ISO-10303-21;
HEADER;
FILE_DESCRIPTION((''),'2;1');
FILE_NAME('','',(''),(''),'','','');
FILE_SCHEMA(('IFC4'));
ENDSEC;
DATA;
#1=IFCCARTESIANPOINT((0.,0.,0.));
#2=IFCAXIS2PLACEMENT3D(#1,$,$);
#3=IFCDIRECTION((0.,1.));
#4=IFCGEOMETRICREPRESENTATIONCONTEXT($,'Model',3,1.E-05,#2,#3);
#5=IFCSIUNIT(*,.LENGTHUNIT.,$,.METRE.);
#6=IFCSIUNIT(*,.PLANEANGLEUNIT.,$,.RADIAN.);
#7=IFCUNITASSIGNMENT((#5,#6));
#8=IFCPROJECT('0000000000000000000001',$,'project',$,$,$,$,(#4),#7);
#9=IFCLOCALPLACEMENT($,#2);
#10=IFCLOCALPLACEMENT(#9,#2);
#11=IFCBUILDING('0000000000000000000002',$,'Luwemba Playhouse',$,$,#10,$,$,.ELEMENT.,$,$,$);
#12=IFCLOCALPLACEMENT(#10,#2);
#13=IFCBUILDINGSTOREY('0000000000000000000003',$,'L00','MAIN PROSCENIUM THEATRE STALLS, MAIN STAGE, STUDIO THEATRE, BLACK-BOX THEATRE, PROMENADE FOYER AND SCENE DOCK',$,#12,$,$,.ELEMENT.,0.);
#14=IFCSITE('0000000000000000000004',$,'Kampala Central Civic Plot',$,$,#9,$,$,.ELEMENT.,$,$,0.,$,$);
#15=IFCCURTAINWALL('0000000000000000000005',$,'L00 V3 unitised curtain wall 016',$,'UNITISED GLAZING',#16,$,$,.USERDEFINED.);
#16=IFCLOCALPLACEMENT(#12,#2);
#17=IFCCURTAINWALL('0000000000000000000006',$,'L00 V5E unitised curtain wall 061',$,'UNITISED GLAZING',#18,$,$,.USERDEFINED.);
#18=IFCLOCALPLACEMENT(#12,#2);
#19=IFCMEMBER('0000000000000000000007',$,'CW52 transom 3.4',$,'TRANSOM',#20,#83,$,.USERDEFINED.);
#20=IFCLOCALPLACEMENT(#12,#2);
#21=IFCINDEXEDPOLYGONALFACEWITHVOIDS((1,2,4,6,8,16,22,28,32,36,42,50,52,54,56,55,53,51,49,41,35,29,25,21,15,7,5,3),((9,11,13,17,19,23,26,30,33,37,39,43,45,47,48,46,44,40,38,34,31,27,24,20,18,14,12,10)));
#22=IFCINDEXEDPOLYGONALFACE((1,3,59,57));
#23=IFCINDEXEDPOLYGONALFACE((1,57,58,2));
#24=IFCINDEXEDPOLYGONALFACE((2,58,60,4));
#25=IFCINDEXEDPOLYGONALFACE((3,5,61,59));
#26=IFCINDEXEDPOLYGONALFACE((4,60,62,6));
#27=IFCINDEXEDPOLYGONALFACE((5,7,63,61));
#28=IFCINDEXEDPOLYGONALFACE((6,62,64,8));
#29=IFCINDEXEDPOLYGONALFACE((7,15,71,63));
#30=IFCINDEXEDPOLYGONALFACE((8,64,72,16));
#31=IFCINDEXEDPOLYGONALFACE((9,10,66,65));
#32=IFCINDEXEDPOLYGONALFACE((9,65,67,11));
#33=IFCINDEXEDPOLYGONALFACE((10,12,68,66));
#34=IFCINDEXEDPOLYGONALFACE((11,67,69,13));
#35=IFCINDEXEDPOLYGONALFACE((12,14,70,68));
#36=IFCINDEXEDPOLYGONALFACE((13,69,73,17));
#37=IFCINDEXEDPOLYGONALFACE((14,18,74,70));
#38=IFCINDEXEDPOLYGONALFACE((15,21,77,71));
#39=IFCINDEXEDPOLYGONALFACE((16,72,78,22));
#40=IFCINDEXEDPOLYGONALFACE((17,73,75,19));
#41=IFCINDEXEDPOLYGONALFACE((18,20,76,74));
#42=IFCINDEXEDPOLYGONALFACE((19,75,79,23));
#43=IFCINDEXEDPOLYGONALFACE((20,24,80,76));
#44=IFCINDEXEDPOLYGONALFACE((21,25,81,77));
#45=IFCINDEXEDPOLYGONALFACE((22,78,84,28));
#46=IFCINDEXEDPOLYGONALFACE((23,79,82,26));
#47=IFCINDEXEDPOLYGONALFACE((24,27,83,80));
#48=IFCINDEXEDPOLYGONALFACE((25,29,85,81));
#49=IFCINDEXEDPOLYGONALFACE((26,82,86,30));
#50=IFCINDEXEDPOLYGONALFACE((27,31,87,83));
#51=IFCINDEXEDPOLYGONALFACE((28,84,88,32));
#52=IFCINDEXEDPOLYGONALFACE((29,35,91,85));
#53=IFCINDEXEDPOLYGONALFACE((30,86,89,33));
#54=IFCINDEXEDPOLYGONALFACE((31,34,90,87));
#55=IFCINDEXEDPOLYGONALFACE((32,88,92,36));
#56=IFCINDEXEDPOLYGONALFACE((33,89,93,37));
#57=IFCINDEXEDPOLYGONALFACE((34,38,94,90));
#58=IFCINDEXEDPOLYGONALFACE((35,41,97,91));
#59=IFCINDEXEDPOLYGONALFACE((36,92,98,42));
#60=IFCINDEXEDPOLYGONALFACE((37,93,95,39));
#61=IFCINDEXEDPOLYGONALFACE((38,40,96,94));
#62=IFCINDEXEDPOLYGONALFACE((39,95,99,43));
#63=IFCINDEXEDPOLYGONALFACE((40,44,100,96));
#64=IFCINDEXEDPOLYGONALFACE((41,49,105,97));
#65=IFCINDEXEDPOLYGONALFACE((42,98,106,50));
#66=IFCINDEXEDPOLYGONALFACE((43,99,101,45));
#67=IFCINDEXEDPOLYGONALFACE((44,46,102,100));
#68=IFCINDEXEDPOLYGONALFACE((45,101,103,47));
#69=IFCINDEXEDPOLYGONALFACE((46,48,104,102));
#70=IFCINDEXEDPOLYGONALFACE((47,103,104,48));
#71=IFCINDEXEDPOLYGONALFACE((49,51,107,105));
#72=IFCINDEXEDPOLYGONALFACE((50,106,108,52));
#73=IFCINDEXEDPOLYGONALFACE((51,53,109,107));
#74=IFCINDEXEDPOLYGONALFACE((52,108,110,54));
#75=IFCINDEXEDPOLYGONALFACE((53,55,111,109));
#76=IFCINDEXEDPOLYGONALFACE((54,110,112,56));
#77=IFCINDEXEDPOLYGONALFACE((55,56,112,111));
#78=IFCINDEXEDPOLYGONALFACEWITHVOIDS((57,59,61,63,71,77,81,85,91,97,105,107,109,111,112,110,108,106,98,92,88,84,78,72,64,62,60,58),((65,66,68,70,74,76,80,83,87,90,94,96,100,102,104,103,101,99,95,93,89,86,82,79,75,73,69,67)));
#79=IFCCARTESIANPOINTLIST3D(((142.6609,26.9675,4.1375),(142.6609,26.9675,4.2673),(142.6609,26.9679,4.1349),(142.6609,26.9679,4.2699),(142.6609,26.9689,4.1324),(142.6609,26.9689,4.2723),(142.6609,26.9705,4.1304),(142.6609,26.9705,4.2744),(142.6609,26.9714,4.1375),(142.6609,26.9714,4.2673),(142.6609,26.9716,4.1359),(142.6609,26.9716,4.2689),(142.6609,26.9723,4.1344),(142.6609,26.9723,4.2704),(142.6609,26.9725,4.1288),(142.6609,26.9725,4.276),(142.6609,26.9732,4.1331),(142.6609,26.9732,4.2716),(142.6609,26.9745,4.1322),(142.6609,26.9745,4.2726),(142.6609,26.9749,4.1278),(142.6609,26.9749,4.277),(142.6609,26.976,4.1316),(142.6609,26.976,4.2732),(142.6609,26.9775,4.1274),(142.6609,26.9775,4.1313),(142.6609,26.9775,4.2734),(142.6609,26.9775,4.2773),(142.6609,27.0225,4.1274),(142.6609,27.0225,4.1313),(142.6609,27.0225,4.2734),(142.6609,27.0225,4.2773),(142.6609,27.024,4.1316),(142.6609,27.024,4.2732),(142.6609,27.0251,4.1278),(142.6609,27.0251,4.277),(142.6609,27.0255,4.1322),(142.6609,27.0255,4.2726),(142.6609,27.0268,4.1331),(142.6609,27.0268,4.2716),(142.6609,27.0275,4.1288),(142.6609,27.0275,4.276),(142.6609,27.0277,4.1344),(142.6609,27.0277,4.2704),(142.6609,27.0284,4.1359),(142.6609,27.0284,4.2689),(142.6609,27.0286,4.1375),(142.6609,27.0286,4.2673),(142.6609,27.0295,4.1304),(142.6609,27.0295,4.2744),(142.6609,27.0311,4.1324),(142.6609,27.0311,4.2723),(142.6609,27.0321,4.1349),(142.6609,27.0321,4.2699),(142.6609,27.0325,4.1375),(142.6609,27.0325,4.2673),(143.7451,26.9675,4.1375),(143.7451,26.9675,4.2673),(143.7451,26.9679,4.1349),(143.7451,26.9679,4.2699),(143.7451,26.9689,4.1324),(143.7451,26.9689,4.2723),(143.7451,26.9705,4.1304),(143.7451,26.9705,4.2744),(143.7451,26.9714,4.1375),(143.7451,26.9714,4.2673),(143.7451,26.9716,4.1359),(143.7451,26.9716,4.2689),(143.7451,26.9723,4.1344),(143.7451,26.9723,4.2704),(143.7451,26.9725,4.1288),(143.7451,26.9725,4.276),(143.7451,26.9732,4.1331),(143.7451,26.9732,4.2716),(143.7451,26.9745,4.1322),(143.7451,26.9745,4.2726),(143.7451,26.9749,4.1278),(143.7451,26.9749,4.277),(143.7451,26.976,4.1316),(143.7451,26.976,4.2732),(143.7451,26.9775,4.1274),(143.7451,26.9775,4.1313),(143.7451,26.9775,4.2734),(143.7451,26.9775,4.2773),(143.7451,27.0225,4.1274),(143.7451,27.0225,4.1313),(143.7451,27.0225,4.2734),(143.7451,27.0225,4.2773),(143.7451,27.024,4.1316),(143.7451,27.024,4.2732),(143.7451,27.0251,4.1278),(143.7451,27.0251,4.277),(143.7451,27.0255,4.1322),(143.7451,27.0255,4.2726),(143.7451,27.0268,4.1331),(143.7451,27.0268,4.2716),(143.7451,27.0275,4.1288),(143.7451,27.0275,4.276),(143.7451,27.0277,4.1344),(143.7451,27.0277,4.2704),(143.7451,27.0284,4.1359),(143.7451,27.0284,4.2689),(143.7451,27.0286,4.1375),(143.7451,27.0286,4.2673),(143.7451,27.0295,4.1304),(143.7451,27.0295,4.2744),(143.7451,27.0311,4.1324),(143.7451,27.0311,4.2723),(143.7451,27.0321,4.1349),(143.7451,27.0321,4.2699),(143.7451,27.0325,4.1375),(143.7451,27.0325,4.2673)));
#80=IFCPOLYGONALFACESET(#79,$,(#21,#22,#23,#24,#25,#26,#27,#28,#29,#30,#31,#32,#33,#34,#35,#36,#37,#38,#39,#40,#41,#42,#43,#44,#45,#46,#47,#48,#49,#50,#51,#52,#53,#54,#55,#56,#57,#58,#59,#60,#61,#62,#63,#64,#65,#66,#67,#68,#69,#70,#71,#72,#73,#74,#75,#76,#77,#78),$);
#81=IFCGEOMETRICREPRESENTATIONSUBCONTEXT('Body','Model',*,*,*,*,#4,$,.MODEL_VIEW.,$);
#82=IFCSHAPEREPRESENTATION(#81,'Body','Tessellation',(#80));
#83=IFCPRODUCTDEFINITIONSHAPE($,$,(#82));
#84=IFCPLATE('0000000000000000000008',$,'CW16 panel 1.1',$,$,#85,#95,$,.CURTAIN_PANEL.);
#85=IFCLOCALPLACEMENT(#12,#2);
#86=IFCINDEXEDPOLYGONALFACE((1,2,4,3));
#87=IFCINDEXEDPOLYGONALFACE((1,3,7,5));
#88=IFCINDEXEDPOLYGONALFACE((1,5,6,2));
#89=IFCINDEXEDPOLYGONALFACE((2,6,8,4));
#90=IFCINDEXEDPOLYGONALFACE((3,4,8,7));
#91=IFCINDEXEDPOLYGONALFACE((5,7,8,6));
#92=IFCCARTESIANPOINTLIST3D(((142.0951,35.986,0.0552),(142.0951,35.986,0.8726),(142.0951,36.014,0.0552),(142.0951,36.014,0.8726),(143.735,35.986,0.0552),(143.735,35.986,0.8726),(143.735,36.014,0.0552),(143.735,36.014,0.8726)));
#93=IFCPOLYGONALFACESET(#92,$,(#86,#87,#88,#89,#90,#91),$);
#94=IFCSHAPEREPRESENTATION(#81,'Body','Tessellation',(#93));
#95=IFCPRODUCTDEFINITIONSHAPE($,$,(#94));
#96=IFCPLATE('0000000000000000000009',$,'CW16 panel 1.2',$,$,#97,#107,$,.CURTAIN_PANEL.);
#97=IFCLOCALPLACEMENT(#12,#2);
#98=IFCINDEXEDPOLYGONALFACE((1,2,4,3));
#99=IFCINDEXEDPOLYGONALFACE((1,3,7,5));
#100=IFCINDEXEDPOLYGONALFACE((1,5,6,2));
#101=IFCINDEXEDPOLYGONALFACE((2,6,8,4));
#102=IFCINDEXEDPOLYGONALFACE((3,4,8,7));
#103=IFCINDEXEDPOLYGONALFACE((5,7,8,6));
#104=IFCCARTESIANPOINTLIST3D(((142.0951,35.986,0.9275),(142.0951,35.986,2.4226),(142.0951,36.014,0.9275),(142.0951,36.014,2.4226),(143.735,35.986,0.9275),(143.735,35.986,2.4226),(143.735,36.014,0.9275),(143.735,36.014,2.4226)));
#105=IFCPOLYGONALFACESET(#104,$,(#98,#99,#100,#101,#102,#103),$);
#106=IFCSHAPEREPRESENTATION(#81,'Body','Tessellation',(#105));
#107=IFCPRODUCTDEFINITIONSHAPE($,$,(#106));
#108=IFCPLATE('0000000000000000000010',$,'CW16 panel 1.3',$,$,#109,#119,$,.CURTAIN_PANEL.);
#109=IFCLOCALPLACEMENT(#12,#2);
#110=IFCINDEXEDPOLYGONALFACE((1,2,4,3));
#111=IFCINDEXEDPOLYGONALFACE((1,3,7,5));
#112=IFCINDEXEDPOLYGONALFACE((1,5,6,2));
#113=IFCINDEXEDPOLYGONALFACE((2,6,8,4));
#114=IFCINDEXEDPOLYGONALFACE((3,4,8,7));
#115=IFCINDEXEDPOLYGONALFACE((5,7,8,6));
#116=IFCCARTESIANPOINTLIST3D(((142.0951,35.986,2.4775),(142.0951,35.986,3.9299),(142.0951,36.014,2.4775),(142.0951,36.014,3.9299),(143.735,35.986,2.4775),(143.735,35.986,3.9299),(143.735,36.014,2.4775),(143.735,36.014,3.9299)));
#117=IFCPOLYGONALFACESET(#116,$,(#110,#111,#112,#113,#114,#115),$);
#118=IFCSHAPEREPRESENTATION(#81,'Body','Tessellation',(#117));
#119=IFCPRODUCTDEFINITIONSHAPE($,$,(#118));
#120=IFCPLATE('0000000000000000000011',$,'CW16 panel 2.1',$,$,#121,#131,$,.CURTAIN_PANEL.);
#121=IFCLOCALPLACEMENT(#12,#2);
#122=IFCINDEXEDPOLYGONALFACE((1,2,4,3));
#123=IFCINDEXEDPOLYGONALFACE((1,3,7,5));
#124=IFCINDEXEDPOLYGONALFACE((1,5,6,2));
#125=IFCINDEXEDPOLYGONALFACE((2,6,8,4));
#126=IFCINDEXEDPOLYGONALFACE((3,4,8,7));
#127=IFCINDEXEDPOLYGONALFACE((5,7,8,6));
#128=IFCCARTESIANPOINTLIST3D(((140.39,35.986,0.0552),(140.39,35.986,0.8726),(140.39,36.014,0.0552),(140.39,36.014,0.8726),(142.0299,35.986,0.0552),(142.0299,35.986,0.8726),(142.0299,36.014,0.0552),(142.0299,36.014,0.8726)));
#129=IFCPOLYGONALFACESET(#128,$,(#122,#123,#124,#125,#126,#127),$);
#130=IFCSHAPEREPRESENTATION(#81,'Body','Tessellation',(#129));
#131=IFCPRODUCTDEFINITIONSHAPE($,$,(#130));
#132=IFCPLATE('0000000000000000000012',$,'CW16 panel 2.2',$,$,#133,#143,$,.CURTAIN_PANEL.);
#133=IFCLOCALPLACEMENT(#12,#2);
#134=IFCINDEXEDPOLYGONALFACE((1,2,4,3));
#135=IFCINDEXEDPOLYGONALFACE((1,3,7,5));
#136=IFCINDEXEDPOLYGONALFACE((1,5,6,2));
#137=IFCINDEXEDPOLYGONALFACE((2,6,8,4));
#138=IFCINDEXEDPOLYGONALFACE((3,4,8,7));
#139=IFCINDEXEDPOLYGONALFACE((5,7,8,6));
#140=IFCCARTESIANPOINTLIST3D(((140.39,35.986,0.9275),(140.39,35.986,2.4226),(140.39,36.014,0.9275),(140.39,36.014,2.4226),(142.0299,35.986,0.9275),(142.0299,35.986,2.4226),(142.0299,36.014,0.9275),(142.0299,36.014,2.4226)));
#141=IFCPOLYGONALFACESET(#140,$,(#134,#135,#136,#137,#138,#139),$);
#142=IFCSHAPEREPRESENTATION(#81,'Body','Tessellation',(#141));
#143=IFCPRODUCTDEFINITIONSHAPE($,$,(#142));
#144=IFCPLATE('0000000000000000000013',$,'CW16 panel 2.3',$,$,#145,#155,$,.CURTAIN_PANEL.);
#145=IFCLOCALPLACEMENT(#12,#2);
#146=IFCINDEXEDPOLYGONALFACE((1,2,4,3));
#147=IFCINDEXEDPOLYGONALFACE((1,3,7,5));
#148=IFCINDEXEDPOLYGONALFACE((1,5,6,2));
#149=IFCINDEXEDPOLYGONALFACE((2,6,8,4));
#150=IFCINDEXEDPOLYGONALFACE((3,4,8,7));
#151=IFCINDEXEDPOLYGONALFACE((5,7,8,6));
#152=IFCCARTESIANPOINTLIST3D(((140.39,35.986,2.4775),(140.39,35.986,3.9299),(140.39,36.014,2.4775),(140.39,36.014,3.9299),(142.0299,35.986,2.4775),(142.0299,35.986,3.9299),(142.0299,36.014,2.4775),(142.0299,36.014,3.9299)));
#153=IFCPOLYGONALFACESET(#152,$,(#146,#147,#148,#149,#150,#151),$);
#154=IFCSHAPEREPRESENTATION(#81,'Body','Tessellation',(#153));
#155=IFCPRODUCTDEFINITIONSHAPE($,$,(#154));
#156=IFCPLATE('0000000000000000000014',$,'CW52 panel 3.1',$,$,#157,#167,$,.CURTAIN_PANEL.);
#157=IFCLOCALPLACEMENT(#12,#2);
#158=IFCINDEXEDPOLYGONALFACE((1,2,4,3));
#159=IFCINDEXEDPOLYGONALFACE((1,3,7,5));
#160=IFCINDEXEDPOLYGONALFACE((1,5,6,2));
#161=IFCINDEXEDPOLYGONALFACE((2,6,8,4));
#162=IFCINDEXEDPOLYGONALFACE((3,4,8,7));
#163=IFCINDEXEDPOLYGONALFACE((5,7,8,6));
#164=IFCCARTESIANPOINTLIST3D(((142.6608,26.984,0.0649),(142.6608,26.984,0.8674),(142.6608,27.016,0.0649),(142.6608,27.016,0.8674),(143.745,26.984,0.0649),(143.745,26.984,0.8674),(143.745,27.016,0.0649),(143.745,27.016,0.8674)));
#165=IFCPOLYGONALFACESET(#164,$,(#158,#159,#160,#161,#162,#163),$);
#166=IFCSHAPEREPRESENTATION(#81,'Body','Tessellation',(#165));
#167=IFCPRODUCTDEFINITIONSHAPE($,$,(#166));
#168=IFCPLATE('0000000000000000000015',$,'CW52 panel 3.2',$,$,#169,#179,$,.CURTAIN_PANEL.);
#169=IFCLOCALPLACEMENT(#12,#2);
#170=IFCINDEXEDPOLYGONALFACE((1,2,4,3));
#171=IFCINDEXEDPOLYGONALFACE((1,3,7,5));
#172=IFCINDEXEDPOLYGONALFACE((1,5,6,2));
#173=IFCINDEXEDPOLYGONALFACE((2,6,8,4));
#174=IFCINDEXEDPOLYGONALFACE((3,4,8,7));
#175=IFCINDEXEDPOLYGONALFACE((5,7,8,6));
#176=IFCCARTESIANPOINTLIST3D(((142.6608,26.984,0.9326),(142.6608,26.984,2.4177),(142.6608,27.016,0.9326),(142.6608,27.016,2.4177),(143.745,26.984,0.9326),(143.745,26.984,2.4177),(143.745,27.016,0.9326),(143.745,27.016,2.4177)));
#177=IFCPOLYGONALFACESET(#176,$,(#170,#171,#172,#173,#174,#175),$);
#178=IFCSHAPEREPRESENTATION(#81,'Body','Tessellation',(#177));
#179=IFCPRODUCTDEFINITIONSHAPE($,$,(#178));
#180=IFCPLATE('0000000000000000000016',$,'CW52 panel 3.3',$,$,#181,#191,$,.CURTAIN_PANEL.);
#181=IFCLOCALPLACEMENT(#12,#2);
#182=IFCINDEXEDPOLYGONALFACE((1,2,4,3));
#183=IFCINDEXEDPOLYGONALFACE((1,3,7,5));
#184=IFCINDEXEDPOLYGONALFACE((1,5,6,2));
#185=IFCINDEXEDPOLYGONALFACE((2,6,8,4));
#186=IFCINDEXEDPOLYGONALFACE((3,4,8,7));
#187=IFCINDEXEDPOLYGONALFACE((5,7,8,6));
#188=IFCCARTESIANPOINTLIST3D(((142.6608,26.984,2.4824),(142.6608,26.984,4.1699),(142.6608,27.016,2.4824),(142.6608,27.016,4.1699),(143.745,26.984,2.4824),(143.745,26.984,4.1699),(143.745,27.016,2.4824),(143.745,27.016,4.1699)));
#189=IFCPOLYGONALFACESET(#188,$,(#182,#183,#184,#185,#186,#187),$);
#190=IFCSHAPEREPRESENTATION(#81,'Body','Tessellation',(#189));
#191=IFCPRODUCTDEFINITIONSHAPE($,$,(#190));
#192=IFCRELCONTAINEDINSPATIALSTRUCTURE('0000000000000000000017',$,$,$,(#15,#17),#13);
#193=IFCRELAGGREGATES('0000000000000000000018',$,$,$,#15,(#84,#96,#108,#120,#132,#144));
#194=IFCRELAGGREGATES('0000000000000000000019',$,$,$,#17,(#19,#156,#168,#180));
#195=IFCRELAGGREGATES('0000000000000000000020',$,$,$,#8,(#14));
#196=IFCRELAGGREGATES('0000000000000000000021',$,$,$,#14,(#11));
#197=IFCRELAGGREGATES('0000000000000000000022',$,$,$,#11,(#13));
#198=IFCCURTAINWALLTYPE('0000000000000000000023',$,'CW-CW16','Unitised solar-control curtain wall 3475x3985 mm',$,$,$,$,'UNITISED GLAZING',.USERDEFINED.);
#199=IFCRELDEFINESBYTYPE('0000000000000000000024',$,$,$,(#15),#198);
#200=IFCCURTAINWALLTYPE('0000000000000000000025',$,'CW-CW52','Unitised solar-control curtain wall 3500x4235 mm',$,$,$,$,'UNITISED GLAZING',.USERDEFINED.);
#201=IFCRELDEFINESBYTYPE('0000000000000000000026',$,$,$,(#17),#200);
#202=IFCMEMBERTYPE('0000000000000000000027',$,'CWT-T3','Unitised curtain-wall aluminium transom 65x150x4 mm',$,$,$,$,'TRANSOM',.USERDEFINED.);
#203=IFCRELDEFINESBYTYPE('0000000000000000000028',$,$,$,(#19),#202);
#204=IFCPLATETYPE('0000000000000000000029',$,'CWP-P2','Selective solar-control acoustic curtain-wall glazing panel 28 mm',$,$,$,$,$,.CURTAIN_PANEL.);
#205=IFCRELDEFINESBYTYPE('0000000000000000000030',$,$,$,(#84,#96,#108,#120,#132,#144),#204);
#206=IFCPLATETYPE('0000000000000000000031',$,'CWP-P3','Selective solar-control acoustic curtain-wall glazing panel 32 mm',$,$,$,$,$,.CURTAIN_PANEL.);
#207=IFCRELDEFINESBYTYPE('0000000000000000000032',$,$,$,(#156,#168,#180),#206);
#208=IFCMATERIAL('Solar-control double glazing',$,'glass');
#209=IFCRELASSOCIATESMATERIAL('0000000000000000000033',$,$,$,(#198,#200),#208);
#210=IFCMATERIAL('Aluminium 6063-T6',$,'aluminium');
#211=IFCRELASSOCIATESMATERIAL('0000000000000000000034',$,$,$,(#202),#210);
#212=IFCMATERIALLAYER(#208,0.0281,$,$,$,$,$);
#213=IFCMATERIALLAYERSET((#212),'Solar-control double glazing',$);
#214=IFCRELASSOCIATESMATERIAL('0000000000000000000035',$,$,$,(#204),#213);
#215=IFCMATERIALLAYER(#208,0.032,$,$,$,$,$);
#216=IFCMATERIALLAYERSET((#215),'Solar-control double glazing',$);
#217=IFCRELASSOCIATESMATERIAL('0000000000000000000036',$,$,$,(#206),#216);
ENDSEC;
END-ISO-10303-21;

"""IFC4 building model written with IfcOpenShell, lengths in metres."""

from ifc_helpers import new_model, si_unit, direction, frame, origin, origin_2d, place, context, subcontext, project, spatial, rectangle, hollow_rectangle, extrude, material, layer, layer_set, material_profile, profile_set, type_object, element, aggregate, save


model = new_model("IFC4")

# Units and contexts
model_context = context("Model", 3, precision=1e-05, world=origin(), true_north=direction((0.0, 1.0)))
body_context = subcontext(model_context, "Body", "Model", "MODEL_VIEW")
ifc_project = project(units=[si_unit("LENGTHUNIT", "METRE"), si_unit("PLANEANGLEUNIT", "RADIAN")], contexts=[model_context])

# Site, building, storey
site_placement = place(None, origin())
site = spatial("IfcSite", under=ifc_project, at=site_placement, Name="Kampala Central Civic Plot", CompositionType="ELEMENT", RefElevation=0.0)
building_placement = place(site_placement, origin())
building = spatial("IfcBuilding", under=site, at=building_placement, Name="Luwemba Playhouse", CompositionType="ELEMENT")
storey_placement = place(building_placement, origin())
storey = spatial("IfcBuildingStorey", under=building, at=storey_placement, Name="L00", Description="MAIN PROSCENIUM THEATRE STALLS, MAIN STAGE, STUDIO THEATRE, BLACK-BOX THEATRE, PROMENADE FOYER AND SCENE DOCK", CompositionType="ELEMENT", Elevation=0.0)

# Curtain wall
ifc_material_1 = material(Name="Solar-control double glazing", Category="glass")
curtain_wall_type_1 = type_object("IfcCurtainWallType", Name="CW-CW16", Description="Unitised solar-control curtain wall 3475x3985 mm", ElementType="UNITISED GLAZING", PredefinedType="USERDEFINED", material=ifc_material_1)
curtain_wall_1_placement = place(storey_placement, origin())
curtain_wall_1 = element("IfcCurtainWall", 1, at=curtain_wall_1_placement, inside=storey, type_object=curtain_wall_type_1, Name="L00 V3 unitised curtain wall 016", ObjectType="UNITISED GLAZING", PredefinedType="USERDEFINED")
ifc_material_2 = material(Name="Aluminium 6063-T6", Category="aluminium")

# Curtain wall
curtain_wall_type_2 = type_object("IfcCurtainWallType", Name="CW-CW52", Description="Unitised solar-control curtain wall 3500x4235 mm", ElementType="UNITISED GLAZING", PredefinedType="USERDEFINED", material=ifc_material_1)
curtain_wall_2_placement = place(storey_placement, origin())
curtain_wall_2 = element("IfcCurtainWall", 2, at=curtain_wall_2_placement, inside=storey, type_object=curtain_wall_type_2, Name="L00 V5E unitised curtain wall 061", ObjectType="UNITISED GLAZING", PredefinedType="USERDEFINED")

# Member
ifc_material_profile_1 = material_profile(ifc_material_2, hollow_rectangle(XDim=0.0649, YDim=0.1499, WallThickness=0.0039, InnerFilletRadius=0.0061, OuterFilletRadius=0.01, at=origin_2d()))
ifc_profile_set_1 = profile_set([ifc_material_profile_1], Name="Aluminium 6063-T6")
member_type_1 = type_object("IfcMemberType", Name="CWT-T3", Description="Unitised curtain-wall aluminium transom 65x150x4 mm", ElementType="TRANSOM", PredefinedType="USERDEFINED", material=ifc_profile_set_1)
member_1_placement = place(storey_placement, frame((142.6609, 27.0, 4.2024), z_axis=(1.0, 0.0, 0.0), x_axis=(0.0, 1.0, 0.0)))
member_1 = element("IfcMember", 3, at=member_1_placement, type_object=member_type_1, Name="CW52 transom 3.4", ObjectType="TRANSOM", PredefinedType="USERDEFINED", context=body_context, shape_type="SweptSolid", body=[
    extrude(hollow_rectangle(XDim=0.0649, YDim=0.1499, WallThickness=0.0039, InnerFilletRadius=0.0061, OuterFilletRadius=0.01, at=origin_2d()), origin(), (0.0, 0.0, 1.0), 1.0842),
])

# Plates
ifc_layer_1 = layer(ifc_material_1, 0.0281)
ifc_layer_set_1 = layer_set([ifc_layer_1], Name="Solar-control double glazing")
plate_type_1 = type_object("IfcPlateType", Name="CWP-P2", Description="Selective solar-control acoustic curtain-wall glazing panel 28 mm", PredefinedType="CURTAIN_PANEL", material=ifc_layer_set_1)
plate_1_placement = place(storey_placement, frame((142.915, 36.0, 0.0552), z_axis=(0.0, 0.0, 1.0), x_axis=(-1.0, 0.0, 0.0)))
plate_1 = element("IfcPlate", 4, at=plate_1_placement, type_object=plate_type_1, Name="CW16 panel 1.1", PredefinedType="CURTAIN_PANEL", context=body_context, shape_type="SweptSolid", body=[
    extrude(rectangle(XDim=1.6399, YDim=0.0281, at=origin_2d()), origin(), (0.0, 0.0, 1.0), 0.8174),
])
plate_2_placement = place(storey_placement, frame((142.915, 36.0, 0.9275), z_axis=(0.0, 0.0, 1.0), x_axis=(-1.0, 0.0, 0.0)))
plate_2 = element("IfcPlate", 5, at=plate_2_placement, type_object=plate_type_1, Name="CW16 panel 1.2", PredefinedType="CURTAIN_PANEL", context=body_context, shape_type="SweptSolid", body=[
    extrude(rectangle(XDim=1.6399, YDim=0.0281, at=origin_2d()), origin(), (0.0, 0.0, 1.0), 1.4951),
])
plate_3_placement = place(storey_placement, frame((142.915, 36.0, 2.4775), z_axis=(0.0, 0.0, 1.0), x_axis=(-1.0, 0.0, 0.0)))
plate_3 = element("IfcPlate", 6, at=plate_3_placement, type_object=plate_type_1, Name="CW16 panel 1.3", PredefinedType="CURTAIN_PANEL", context=body_context, shape_type="SweptSolid", body=[
    extrude(rectangle(XDim=1.6399, YDim=0.0281, at=origin_2d()), origin(), (0.0, 0.0, 1.0), 1.4524),
])
plate_4_placement = place(storey_placement, frame((141.21, 36.0, 0.0552), z_axis=(0.0, 0.0, 1.0), x_axis=(-1.0, 0.0, 0.0)))
plate_4 = element("IfcPlate", 7, at=plate_4_placement, type_object=plate_type_1, Name="CW16 panel 2.1", PredefinedType="CURTAIN_PANEL", context=body_context, shape_type="SweptSolid", body=[
    extrude(rectangle(XDim=1.6399, YDim=0.0281, at=origin_2d()), origin(), (0.0, 0.0, 1.0), 0.8174),
])
plate_5_placement = place(storey_placement, frame((141.21, 36.0, 0.9275), z_axis=(0.0, 0.0, 1.0), x_axis=(-1.0, 0.0, 0.0)))
plate_5 = element("IfcPlate", 8, at=plate_5_placement, type_object=plate_type_1, Name="CW16 panel 2.2", PredefinedType="CURTAIN_PANEL", context=body_context, shape_type="SweptSolid", body=[
    extrude(rectangle(XDim=1.6399, YDim=0.0281, at=origin_2d()), origin(), (0.0, 0.0, 1.0), 1.4951),
])
plate_6_placement = place(storey_placement, frame((141.21, 36.0, 2.4775), z_axis=(0.0, 0.0, 1.0), x_axis=(-1.0, 0.0, 0.0)))
plate_6 = element("IfcPlate", 9, at=plate_6_placement, type_object=plate_type_1, Name="CW16 panel 2.3", PredefinedType="CURTAIN_PANEL", context=body_context, shape_type="SweptSolid", body=[
    extrude(rectangle(XDim=1.6399, YDim=0.0281, at=origin_2d()), origin(), (0.0, 0.0, 1.0), 1.4524),
])
aggregate(curtain_wall_1, [plate_1, plate_2, plate_3, plate_4, plate_5, plate_6])
ifc_layer_2 = layer(ifc_material_1, 0.032)
ifc_layer_set_2 = layer_set([ifc_layer_2], Name="Solar-control double glazing")
plate_type_2 = type_object("IfcPlateType", Name="CWP-P3", Description="Selective solar-control acoustic curtain-wall glazing panel 32 mm", PredefinedType="CURTAIN_PANEL", material=ifc_layer_set_2)
plate_7_placement = place(storey_placement, frame((143.2029, 27.0, 0.0649), z_axis=(0.0, 0.0, 1.0), x_axis=(1.0, 0.0, 0.0)))
plate_7 = element("IfcPlate", 10, at=plate_7_placement, type_object=plate_type_2, Name="CW52 panel 3.1", PredefinedType="CURTAIN_PANEL", context=body_context, shape_type="SweptSolid", body=[
    extrude(rectangle(XDim=1.0842, YDim=0.032, at=origin_2d()), origin(), (0.0, 0.0, 1.0), 0.8025),
])
plate_8_placement = place(storey_placement, frame((143.2029, 27.0, 0.9326), z_axis=(0.0, 0.0, 1.0), x_axis=(1.0, 0.0, 0.0)))
plate_8 = element("IfcPlate", 11, at=plate_8_placement, type_object=plate_type_2, Name="CW52 panel 3.2", PredefinedType="CURTAIN_PANEL", context=body_context, shape_type="SweptSolid", body=[
    extrude(rectangle(XDim=1.0842, YDim=0.032, at=origin_2d()), origin(), (0.0, 0.0, 1.0), 1.4851),
])
plate_9_placement = place(storey_placement, frame((143.2029, 27.0, 2.4824), z_axis=(0.0, 0.0, 1.0), x_axis=(1.0, 0.0, 0.0)))
plate_9 = element("IfcPlate", 12, at=plate_9_placement, type_object=plate_type_2, Name="CW52 panel 3.3", PredefinedType="CURTAIN_PANEL", context=body_context, shape_type="SweptSolid", body=[
    extrude(rectangle(XDim=1.0842, YDim=0.032, at=origin_2d()), origin(), (0.0, 0.0, 1.0), 1.6875),
])
aggregate(curtain_wall_2, [member_1, plate_7, plate_8, plate_9])

save(model, "model.ifc")
